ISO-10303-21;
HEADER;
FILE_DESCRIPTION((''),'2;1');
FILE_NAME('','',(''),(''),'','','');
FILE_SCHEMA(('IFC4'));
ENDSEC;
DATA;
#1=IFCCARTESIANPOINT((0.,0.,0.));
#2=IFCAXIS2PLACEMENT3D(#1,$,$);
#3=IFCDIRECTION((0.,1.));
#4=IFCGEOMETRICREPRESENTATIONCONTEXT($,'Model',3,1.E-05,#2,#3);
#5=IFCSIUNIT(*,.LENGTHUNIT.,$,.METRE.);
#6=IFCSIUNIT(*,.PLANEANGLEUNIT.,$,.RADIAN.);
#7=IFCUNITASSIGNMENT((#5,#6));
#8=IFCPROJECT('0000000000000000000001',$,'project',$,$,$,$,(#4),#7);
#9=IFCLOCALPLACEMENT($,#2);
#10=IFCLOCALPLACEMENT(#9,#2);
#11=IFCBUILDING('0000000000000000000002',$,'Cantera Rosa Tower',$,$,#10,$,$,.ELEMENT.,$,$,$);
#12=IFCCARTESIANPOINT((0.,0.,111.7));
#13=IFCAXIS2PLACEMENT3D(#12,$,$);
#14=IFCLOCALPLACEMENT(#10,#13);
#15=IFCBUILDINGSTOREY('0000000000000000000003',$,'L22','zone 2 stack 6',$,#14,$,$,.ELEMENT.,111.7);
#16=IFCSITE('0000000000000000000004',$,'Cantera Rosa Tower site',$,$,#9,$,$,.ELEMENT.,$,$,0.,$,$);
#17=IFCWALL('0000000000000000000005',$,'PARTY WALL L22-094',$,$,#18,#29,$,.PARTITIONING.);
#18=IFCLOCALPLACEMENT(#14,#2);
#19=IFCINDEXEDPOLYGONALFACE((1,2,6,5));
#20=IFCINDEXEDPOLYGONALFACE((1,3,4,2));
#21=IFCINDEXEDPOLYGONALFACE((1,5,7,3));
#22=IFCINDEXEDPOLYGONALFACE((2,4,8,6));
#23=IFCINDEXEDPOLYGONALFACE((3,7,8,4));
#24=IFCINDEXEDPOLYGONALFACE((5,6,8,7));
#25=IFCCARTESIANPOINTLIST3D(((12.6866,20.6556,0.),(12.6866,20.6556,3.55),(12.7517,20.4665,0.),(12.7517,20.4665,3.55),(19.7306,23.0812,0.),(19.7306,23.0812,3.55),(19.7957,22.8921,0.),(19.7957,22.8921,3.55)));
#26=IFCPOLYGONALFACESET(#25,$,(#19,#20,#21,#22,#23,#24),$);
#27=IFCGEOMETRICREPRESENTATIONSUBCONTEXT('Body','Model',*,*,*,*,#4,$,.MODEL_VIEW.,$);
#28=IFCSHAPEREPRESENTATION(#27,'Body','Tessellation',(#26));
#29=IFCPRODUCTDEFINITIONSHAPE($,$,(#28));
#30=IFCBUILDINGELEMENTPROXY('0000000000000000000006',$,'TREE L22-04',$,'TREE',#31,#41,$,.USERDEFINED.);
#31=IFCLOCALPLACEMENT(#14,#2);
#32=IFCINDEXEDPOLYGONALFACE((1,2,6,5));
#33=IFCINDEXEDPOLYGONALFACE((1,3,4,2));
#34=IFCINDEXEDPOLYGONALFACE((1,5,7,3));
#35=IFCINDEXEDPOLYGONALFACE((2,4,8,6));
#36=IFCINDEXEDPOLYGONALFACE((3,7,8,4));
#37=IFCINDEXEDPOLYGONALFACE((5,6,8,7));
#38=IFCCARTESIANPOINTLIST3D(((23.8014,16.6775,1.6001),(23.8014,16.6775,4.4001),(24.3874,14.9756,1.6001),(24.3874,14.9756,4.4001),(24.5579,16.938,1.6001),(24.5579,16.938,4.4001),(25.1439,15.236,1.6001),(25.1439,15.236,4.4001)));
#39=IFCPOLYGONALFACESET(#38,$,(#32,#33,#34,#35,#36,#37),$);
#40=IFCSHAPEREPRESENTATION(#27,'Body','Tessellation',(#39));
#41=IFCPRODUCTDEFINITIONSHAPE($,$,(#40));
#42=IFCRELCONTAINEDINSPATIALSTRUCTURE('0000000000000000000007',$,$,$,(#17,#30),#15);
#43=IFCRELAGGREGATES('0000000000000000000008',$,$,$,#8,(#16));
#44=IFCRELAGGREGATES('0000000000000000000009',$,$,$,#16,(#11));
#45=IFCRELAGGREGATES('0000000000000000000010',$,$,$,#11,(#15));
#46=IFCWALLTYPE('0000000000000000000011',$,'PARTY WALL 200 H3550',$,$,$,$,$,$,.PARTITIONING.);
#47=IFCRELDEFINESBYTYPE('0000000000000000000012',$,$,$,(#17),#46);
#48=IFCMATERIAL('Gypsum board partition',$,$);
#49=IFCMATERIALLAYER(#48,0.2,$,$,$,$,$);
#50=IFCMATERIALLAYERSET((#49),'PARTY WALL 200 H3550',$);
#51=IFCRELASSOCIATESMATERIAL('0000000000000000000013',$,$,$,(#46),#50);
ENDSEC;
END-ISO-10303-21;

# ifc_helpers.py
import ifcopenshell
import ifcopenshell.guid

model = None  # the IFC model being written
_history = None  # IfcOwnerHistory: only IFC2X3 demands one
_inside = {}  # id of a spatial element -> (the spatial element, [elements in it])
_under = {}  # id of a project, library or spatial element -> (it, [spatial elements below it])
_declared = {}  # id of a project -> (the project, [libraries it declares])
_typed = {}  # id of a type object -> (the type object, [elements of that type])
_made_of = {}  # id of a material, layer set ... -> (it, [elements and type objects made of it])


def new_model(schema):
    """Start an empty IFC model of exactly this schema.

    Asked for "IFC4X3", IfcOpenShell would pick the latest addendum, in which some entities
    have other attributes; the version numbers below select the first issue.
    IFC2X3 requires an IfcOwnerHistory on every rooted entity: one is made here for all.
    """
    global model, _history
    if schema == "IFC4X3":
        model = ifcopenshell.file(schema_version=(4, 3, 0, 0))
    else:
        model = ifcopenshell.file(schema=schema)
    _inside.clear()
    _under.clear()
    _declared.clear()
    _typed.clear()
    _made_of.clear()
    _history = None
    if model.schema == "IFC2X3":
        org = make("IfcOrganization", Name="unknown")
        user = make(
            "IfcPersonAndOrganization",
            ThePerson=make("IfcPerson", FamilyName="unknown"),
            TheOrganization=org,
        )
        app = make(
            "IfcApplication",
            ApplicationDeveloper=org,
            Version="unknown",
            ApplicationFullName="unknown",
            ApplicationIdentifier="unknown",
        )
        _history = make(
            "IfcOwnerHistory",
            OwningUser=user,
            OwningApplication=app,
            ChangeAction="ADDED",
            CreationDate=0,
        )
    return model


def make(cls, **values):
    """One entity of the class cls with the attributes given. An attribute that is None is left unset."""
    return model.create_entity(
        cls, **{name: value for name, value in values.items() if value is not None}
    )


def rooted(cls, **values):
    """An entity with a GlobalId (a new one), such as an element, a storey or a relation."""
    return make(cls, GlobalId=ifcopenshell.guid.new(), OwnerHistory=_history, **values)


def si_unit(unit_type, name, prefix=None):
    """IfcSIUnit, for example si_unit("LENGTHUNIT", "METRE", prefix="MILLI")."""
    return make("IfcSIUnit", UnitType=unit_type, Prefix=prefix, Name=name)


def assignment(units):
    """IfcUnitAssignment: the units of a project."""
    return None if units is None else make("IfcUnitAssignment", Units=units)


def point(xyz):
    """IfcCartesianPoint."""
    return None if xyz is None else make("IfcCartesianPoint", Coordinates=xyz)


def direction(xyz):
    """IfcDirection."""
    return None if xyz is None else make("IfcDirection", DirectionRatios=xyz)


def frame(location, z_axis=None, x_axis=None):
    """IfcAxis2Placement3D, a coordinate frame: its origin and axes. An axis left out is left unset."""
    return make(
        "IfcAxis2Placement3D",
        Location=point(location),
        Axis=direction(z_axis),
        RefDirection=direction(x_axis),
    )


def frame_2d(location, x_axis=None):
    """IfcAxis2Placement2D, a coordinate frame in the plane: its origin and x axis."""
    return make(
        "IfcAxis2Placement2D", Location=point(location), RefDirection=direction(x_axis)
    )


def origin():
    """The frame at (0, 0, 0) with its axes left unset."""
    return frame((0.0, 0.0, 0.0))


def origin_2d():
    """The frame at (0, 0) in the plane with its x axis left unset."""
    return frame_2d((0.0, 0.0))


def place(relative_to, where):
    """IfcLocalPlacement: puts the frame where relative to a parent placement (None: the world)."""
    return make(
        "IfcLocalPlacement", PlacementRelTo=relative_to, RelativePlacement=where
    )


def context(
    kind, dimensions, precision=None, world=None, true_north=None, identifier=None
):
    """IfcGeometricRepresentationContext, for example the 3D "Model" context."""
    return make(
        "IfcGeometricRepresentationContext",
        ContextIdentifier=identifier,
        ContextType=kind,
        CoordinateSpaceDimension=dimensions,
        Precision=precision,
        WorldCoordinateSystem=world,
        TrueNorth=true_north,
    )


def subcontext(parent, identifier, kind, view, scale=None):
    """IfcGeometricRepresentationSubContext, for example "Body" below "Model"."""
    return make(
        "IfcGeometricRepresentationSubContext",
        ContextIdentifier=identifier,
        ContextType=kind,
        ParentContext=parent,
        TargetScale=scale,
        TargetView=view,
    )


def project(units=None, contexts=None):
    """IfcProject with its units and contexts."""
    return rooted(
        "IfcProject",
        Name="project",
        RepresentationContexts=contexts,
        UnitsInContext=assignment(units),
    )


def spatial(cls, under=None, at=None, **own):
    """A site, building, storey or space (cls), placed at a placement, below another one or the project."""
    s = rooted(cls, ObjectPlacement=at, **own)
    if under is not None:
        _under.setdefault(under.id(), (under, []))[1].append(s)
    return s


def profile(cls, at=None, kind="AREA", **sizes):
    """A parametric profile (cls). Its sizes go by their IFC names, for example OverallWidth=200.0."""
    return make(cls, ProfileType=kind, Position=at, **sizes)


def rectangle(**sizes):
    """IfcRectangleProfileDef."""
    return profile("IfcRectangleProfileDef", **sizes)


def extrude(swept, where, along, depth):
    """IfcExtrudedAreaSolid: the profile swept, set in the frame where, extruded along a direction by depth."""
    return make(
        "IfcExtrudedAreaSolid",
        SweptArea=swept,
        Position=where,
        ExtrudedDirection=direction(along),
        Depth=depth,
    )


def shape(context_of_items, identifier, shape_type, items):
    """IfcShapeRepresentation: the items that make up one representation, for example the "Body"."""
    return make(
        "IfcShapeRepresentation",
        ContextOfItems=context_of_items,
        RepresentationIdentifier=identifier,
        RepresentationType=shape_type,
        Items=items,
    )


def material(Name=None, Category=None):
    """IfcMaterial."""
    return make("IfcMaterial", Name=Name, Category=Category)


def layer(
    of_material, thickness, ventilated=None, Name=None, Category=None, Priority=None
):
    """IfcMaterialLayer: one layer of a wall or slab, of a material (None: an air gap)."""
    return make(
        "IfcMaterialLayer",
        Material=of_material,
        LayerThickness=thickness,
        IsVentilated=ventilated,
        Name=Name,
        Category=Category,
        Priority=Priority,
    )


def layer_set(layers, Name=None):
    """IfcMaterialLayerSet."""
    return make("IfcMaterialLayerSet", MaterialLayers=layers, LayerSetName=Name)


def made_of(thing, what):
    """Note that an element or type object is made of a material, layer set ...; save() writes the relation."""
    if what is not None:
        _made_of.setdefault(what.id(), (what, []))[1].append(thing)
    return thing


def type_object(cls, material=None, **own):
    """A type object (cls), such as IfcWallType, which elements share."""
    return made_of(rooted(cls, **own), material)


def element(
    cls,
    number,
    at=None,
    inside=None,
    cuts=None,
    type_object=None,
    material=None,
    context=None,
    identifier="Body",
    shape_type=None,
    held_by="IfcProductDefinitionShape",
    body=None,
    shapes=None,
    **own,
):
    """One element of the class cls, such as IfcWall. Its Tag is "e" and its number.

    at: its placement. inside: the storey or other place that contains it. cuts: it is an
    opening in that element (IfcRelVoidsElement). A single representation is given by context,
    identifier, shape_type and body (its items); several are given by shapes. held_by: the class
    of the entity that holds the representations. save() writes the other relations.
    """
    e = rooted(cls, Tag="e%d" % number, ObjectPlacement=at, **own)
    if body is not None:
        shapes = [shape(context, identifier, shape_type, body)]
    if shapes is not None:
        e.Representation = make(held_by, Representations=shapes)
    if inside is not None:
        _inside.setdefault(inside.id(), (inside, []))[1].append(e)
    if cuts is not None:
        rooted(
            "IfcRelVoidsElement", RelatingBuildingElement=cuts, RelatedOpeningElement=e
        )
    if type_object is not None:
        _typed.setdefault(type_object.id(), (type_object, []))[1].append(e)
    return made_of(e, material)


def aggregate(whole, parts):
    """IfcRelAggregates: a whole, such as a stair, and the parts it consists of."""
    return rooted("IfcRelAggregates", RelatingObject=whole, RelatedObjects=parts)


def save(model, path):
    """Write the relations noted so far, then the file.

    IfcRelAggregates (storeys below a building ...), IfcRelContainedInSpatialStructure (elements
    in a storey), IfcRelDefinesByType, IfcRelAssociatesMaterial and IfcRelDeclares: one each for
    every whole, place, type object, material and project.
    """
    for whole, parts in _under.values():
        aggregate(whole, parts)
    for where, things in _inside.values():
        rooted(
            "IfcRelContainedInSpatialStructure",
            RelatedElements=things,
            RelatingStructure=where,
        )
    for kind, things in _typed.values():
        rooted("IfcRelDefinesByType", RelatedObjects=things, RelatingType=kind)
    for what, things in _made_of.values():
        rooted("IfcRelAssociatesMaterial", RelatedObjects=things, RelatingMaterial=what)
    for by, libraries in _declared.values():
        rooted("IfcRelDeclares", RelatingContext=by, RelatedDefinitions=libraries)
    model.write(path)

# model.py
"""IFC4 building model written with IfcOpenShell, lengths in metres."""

from ifc_helpers import new_model, si_unit, direction, frame, frame_2d, origin, origin_2d, place, context, subcontext, project, spatial, rectangle, extrude, material, layer, layer_set, type_object, element, save


model = new_model("IFC4")

# Units and contexts
model_context = context("Model", 3, precision=1e-05, world=origin(), true_north=direction((0.0, 1.0)))
body_context = subcontext(model_context, "Body", "Model", "MODEL_VIEW")
ifc_project = project(units=[si_unit("LENGTHUNIT", "METRE"), si_unit("PLANEANGLEUNIT", "RADIAN")], contexts=[model_context])

# Site, building, storey
site_placement = place(None, origin())
site = spatial("IfcSite", under=ifc_project, at=site_placement, Name="Cantera Rosa Tower site", CompositionType="ELEMENT", RefElevation=0.0)
building_placement = place(site_placement, origin())
building = spatial("IfcBuilding", under=site, at=building_placement, Name="Cantera Rosa Tower", CompositionType="ELEMENT")
storey_placement = place(building_placement, frame((0.0, 0.0, 111.7)))
storey = spatial("IfcBuildingStorey", under=building, at=storey_placement, Name="L22", Description="zone 2 stack 6", CompositionType="ELEMENT", Elevation=111.7)

# Wall
ifc_material_1 = material(Name="Gypsum board partition")
ifc_layer_1 = layer(ifc_material_1, 0.2)
ifc_layer_set_1 = layer_set([ifc_layer_1], Name="PARTY WALL 200 H3550")
wall_type_1 = type_object("IfcWallType", Name="PARTY WALL 200 H3550", PredefinedType="PARTITIONING", material=ifc_layer_set_1)
wall_1_placement = place(storey_placement, frame((12.719, 20.561, 0.0), z_axis=(0.0, 0.0, 1.0), x_axis=(0.945514, 0.325582, 0.0)))
element("IfcWall", 1, at=wall_1_placement, inside=storey, type_object=wall_type_1, Name="PARTY WALL L22-094", PredefinedType="PARTITIONING", context=body_context, shape_type="SweptSolid", body=[
    extrude(rectangle(XDim=7.45, YDim=0.2, at=frame_2d((3.7251, 0.0))), origin(), (0.0, 0.0, 1.0), 3.55),
])

# Building element proxy
proxy_placement = place(storey_placement, frame((24.4727, 15.9568, 1.6001), z_axis=(0.0, 0.0, 1.0), x_axis=(-0.325568, 0.945519, 0.0)))
element("IfcBuildingElementProxy", 2, at=proxy_placement, inside=storey, Name="TREE L22-04", ObjectType="TREE", PredefinedType="USERDEFINED", context=body_context, shape_type="SweptSolid", body=[
    extrude(rectangle(XDim=1.8, YDim=0.8, at=origin_2d()), origin(), (0.0, 0.0, 1.0), 2.8),
])

save(model, "model.ifc")
